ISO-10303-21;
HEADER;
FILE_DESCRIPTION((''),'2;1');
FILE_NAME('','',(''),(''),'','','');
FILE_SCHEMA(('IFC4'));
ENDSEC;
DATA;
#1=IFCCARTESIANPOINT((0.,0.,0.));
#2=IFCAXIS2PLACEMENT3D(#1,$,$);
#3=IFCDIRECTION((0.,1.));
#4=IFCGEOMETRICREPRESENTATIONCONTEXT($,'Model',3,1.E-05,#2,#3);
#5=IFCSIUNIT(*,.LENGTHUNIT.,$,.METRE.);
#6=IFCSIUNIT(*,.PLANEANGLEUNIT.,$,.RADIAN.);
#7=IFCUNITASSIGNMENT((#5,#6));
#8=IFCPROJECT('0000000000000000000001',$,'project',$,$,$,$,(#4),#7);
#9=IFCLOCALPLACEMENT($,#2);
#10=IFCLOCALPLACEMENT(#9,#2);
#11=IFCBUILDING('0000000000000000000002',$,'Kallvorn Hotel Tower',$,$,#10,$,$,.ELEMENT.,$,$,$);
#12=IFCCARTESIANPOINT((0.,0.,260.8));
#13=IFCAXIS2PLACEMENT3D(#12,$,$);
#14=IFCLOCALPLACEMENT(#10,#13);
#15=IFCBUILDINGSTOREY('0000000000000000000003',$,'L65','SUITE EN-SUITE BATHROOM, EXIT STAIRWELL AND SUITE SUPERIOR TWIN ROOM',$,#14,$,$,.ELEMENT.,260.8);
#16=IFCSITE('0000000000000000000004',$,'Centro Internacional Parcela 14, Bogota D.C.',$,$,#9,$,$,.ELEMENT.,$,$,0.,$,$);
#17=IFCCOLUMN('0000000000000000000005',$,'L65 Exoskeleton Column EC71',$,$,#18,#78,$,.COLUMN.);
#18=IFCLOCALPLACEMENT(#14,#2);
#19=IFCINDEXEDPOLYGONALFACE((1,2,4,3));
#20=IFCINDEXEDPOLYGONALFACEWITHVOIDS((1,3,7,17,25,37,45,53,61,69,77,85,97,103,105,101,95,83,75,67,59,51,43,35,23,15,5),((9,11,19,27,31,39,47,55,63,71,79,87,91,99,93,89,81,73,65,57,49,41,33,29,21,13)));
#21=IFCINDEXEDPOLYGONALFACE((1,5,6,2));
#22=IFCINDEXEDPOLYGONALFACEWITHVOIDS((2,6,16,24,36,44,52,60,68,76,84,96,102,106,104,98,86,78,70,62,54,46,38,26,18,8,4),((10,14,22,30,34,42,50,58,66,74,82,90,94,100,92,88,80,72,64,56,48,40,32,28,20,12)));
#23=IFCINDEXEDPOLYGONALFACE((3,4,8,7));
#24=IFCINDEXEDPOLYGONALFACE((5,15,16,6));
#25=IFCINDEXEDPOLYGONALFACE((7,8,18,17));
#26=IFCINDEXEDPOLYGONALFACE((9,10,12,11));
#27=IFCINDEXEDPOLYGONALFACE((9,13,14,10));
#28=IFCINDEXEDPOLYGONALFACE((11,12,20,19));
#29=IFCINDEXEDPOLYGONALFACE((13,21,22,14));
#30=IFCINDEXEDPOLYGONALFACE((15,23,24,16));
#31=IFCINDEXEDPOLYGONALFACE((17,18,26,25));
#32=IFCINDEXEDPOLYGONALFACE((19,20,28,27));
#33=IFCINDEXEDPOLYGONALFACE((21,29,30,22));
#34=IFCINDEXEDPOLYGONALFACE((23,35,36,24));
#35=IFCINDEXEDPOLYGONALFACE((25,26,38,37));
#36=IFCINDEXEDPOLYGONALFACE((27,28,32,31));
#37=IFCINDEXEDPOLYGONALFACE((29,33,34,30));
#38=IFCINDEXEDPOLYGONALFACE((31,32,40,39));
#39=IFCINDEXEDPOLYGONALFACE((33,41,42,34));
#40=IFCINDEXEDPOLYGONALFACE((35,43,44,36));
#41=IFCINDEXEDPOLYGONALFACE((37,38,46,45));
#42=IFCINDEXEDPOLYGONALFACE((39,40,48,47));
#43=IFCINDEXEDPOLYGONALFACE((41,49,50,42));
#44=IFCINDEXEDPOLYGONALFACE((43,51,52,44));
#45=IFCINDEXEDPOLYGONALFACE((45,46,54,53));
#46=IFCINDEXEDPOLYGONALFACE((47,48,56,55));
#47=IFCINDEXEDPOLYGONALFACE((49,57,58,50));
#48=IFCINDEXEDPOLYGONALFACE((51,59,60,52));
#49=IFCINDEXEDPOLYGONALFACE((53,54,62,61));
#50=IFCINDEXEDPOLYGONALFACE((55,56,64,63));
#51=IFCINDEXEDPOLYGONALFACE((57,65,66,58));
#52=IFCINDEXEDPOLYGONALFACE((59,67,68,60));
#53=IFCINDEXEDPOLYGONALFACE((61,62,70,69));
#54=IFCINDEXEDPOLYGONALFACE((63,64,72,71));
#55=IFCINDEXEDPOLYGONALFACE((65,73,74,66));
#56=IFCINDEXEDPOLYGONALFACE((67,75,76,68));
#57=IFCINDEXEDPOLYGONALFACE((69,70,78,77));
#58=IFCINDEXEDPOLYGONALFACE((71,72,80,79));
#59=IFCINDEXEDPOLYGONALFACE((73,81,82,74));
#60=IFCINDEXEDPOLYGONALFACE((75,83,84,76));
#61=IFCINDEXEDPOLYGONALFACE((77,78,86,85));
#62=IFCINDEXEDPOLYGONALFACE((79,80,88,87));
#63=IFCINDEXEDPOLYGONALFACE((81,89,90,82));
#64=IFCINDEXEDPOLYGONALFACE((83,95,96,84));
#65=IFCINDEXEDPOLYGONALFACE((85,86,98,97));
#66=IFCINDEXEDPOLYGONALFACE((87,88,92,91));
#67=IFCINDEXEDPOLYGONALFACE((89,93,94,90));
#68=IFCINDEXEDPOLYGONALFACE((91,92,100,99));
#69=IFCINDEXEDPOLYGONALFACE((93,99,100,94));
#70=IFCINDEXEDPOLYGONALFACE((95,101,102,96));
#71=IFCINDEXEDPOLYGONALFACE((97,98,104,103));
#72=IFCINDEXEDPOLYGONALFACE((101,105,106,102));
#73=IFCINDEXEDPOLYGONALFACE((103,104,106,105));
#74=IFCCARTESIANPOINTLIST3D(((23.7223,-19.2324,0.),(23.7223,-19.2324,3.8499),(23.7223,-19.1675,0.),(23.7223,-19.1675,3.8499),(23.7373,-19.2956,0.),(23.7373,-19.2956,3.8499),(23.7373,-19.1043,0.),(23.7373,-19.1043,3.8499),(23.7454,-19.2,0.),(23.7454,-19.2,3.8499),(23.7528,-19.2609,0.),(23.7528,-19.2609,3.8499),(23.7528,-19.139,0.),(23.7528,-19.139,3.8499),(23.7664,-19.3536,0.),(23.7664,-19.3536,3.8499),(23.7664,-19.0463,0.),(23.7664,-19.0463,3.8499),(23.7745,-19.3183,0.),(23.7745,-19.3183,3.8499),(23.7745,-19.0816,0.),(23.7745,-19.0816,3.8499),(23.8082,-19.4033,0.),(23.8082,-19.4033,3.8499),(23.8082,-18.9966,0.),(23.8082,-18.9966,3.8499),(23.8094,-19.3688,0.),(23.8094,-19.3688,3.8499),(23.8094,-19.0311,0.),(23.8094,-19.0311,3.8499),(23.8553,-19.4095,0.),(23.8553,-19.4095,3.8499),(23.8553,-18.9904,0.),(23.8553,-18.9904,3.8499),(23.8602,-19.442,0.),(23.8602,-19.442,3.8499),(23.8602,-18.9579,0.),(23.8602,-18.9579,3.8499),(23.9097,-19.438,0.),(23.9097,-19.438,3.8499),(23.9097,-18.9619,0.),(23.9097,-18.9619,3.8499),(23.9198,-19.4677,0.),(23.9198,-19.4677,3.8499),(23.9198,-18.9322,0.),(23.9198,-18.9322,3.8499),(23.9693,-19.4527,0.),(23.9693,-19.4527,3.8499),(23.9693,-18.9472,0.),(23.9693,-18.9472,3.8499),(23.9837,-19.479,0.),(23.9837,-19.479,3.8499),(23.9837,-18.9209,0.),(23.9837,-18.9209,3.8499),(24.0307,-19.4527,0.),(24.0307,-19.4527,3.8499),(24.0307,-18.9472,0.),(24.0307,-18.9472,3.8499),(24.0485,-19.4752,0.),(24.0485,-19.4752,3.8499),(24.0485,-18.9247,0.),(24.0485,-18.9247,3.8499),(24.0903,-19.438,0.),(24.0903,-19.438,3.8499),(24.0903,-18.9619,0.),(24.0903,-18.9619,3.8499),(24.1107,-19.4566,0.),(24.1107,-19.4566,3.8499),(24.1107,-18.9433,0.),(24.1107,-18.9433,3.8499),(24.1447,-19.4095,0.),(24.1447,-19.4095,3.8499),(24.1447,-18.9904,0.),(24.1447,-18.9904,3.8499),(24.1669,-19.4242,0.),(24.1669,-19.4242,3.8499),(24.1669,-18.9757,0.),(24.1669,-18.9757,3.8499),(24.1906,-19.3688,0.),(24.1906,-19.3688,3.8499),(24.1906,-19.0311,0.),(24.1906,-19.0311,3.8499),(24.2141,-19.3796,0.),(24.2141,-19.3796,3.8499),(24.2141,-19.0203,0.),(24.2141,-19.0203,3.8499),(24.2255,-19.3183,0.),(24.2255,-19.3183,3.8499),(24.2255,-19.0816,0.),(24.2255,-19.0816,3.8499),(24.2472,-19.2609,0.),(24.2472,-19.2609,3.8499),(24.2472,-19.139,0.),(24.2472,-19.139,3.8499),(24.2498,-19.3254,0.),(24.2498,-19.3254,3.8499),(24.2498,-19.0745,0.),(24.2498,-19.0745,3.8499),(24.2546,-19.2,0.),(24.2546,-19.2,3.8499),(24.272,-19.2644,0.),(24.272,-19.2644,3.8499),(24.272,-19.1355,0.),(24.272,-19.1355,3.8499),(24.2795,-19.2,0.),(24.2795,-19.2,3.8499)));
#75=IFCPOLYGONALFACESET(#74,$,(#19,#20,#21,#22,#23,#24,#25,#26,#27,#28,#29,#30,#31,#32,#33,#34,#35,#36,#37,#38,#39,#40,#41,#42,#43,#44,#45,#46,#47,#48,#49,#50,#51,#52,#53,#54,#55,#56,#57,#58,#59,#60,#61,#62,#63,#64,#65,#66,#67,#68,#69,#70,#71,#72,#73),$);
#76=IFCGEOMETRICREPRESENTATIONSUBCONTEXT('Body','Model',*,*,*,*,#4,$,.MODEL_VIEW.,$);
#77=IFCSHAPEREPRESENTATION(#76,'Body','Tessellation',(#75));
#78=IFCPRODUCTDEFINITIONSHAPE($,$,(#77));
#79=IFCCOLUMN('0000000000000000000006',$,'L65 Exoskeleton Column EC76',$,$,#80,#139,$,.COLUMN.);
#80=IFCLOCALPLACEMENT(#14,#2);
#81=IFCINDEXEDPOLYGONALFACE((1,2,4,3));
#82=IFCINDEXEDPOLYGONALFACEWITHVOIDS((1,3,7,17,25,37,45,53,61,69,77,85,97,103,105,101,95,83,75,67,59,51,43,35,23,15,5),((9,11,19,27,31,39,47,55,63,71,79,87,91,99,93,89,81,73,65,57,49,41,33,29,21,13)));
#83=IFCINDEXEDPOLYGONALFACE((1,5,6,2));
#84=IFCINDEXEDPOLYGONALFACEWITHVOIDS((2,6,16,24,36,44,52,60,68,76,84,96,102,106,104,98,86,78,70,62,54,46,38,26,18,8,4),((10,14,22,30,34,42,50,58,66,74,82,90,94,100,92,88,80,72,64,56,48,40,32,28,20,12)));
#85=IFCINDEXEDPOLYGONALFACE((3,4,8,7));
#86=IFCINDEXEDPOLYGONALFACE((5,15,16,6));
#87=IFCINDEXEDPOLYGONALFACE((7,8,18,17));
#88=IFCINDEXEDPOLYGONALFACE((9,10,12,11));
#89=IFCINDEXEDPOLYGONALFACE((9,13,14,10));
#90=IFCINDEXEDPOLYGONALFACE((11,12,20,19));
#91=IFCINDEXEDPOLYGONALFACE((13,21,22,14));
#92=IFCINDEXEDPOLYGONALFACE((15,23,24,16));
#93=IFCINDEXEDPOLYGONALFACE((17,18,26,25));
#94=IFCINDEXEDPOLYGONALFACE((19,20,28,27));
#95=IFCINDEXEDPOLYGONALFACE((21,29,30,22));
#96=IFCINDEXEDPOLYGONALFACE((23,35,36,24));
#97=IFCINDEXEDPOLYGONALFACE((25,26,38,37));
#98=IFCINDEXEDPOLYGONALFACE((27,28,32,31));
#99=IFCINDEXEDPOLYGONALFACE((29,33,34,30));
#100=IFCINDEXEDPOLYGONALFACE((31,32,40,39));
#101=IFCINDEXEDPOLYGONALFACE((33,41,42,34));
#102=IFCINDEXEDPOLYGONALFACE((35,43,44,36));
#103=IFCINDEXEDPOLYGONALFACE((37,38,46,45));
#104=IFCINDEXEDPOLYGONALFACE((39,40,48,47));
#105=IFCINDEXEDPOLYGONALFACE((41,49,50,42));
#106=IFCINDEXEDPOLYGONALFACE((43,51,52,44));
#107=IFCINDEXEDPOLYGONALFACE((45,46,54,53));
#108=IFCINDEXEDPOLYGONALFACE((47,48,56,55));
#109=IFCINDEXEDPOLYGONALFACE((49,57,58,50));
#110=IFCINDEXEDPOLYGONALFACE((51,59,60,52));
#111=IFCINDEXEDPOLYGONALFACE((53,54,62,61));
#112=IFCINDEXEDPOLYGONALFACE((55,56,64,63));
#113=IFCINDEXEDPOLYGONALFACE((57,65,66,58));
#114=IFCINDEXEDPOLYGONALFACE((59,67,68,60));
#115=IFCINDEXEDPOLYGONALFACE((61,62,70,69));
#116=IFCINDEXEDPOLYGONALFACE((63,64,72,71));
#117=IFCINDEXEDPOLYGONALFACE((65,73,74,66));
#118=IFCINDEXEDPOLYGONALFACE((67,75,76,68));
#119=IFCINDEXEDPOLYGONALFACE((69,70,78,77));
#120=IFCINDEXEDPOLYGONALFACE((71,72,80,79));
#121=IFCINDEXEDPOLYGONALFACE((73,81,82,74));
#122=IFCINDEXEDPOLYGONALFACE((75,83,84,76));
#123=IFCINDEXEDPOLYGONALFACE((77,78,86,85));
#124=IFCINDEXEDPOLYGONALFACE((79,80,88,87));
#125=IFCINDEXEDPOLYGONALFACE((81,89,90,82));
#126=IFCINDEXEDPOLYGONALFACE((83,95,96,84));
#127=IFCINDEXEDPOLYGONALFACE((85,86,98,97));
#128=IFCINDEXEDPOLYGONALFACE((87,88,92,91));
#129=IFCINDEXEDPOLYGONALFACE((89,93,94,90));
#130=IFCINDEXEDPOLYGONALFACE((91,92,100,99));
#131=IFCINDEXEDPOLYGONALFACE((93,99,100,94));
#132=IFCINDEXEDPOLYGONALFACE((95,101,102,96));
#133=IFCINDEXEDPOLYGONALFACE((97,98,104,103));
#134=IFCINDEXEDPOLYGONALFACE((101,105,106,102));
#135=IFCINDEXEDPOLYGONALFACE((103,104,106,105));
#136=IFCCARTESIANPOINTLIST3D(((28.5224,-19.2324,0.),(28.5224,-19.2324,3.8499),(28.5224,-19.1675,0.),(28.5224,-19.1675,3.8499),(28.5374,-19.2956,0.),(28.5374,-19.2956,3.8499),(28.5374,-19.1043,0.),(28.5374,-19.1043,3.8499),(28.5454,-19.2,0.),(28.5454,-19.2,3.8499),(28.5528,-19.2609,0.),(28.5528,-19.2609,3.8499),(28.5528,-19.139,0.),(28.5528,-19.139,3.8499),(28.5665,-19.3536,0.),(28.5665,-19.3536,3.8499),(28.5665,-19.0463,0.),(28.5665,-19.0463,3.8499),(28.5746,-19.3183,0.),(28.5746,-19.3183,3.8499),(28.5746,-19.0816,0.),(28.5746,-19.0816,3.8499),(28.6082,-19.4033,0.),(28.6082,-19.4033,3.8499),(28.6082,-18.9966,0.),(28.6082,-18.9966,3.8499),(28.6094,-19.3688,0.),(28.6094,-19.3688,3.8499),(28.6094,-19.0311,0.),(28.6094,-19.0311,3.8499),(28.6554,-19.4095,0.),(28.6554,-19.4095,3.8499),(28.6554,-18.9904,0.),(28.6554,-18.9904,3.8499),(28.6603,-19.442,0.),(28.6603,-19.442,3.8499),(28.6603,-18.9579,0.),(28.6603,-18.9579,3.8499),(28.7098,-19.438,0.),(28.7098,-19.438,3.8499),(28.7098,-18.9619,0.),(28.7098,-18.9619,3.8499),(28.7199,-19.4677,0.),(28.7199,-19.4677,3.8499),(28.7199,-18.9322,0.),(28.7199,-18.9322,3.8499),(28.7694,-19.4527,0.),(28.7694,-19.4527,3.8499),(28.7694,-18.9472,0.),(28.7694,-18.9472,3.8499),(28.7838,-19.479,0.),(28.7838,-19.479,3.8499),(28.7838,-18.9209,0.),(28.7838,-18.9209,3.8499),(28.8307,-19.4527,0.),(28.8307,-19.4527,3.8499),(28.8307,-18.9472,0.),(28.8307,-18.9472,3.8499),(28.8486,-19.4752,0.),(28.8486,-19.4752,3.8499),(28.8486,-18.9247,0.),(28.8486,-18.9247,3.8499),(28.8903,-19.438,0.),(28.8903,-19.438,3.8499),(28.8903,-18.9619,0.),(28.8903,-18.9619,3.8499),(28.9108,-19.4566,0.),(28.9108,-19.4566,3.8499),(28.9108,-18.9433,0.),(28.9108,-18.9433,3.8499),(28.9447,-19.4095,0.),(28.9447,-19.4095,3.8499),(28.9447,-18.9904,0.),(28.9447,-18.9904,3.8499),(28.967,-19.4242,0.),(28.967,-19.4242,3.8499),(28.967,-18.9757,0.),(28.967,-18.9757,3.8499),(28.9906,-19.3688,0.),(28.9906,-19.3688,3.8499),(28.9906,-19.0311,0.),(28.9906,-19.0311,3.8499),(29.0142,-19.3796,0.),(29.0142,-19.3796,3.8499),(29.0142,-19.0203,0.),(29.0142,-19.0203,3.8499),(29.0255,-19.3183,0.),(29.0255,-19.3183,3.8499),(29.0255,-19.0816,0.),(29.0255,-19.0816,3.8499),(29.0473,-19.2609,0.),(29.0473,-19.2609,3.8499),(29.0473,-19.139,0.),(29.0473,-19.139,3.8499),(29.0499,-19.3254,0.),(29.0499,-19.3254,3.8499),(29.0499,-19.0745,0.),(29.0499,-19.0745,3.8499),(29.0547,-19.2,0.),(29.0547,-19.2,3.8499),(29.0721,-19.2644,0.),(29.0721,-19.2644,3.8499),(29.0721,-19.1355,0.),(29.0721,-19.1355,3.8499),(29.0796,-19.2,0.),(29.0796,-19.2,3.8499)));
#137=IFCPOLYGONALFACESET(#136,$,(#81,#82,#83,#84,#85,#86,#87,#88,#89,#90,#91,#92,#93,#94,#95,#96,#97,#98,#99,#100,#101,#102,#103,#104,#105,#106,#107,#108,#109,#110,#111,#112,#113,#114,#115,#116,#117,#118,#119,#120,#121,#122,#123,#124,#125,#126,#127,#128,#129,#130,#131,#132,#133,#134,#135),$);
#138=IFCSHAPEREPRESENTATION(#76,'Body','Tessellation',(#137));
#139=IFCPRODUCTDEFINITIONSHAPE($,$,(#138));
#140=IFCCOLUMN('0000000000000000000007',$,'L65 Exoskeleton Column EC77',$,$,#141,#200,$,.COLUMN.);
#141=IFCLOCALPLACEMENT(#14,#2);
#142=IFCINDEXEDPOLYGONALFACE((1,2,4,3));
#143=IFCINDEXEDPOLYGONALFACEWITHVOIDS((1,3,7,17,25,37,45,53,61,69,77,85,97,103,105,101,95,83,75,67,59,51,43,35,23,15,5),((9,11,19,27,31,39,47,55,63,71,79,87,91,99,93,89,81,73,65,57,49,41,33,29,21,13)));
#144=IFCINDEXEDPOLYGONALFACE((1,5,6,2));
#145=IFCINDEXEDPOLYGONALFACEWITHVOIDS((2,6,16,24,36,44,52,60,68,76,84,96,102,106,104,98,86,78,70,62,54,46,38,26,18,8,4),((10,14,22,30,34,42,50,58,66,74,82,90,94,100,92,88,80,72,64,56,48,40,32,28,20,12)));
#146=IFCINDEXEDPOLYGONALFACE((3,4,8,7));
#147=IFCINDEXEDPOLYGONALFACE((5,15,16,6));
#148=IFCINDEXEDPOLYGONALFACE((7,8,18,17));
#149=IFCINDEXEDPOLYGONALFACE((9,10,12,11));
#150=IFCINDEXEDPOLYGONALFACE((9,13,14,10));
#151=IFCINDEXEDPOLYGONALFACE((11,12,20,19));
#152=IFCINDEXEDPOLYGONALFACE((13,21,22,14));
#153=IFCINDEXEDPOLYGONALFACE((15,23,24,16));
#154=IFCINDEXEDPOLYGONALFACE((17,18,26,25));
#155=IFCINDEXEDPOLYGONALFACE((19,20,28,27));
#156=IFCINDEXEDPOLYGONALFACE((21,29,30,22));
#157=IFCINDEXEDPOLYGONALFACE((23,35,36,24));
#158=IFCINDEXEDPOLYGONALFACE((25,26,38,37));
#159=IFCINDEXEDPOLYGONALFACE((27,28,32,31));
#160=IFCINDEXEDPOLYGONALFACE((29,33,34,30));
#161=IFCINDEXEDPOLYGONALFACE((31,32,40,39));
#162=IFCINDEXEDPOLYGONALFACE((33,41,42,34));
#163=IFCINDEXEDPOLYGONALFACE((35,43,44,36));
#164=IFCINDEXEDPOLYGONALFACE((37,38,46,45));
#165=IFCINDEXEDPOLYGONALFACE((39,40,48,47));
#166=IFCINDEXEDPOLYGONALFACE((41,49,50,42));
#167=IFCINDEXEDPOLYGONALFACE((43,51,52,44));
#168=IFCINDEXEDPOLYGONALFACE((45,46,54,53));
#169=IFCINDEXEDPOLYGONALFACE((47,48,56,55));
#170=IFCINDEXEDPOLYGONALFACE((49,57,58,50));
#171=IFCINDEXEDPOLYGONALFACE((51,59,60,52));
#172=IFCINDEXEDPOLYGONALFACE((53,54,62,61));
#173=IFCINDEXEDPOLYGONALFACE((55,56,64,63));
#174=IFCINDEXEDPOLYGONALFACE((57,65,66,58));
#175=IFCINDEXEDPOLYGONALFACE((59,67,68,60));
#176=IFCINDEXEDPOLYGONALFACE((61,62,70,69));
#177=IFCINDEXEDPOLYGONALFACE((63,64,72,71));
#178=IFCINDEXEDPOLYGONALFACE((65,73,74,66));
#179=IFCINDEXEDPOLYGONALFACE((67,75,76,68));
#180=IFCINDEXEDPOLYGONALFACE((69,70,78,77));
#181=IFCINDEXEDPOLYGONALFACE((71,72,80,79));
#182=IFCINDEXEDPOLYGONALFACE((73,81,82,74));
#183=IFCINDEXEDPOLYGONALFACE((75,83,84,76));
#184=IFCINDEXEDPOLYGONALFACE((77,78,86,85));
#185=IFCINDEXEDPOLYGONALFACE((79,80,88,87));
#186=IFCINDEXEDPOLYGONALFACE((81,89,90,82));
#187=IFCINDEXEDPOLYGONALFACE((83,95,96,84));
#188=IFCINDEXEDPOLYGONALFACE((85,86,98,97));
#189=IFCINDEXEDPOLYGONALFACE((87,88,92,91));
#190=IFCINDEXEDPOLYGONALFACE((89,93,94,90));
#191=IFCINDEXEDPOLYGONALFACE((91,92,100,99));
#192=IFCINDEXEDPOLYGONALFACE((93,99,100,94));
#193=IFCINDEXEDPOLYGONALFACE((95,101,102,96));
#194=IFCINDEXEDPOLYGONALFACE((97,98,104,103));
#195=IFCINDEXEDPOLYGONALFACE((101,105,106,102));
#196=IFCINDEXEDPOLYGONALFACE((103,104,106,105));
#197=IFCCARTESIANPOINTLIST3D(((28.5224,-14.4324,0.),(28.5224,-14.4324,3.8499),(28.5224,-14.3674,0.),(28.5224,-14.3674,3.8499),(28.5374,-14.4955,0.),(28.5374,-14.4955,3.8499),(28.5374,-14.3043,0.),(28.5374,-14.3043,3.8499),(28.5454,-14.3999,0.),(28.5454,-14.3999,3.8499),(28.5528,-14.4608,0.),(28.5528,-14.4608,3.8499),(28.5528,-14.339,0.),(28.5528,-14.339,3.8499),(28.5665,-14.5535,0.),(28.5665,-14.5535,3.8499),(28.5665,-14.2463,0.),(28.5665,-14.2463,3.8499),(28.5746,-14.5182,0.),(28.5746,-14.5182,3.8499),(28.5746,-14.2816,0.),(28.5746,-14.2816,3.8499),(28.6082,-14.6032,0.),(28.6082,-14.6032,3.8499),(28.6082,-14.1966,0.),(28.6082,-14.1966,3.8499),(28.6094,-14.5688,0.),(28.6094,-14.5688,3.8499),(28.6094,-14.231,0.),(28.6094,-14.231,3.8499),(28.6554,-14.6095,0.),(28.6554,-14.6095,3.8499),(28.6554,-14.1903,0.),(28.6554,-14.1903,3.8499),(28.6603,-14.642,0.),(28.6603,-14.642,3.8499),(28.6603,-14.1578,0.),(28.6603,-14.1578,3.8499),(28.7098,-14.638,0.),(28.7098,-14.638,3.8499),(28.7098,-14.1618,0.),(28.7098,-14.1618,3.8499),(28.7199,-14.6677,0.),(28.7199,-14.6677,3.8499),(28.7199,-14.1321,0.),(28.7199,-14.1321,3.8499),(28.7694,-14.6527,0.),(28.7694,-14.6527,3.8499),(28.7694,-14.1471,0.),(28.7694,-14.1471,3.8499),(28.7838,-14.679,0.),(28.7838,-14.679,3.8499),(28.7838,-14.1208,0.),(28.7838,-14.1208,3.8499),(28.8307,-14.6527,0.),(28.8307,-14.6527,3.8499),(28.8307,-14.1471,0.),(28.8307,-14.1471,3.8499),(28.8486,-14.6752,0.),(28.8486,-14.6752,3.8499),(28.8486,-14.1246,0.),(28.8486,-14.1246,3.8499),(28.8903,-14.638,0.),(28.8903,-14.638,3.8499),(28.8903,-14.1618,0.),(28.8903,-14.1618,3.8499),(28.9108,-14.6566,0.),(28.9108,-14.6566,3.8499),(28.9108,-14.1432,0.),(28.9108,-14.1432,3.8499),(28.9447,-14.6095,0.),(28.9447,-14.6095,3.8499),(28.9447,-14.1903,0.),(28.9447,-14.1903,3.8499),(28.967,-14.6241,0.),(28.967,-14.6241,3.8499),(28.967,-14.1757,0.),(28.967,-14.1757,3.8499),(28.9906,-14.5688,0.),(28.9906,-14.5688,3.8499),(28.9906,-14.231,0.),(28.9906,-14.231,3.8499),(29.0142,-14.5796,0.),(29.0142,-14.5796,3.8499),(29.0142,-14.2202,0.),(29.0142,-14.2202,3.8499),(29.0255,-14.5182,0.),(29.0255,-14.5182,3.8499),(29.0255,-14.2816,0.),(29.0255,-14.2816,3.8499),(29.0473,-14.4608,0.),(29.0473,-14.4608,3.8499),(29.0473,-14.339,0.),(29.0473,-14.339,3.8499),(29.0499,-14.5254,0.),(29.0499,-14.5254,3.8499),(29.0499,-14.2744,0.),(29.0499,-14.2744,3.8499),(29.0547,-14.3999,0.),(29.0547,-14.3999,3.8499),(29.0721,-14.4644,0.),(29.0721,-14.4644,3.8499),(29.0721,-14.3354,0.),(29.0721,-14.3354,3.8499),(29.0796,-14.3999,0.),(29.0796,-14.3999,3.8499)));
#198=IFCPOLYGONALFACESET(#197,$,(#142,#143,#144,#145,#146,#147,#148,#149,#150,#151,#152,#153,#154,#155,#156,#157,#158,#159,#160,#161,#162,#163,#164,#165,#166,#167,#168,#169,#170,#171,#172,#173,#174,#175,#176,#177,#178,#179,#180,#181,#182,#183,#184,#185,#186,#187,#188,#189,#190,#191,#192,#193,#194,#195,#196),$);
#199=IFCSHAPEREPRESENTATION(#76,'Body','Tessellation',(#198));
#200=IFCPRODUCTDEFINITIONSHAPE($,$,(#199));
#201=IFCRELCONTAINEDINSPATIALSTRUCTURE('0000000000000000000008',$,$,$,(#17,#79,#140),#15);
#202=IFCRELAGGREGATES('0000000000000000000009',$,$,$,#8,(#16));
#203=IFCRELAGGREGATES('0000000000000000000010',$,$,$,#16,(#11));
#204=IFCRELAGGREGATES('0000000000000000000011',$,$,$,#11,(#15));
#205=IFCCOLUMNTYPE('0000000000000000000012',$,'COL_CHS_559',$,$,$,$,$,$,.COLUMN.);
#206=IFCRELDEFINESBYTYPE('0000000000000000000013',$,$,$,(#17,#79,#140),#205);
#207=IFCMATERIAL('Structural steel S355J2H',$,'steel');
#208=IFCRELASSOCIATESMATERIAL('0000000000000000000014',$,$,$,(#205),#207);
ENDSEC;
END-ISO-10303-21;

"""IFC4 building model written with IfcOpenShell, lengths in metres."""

from ifc_helpers import new_model, si_unit, direction, frame, origin, origin_2d, place, context, subcontext, project, spatial, hollow_circle, extrude, material, material_profile, profile_set, type_object, element, save


model = new_model("IFC4")

# Units and contexts
model_context = context("Model", 3, precision=1e-05, world=origin(), true_north=direction((0.0, 1.0)))
body_context = subcontext(model_context, "Body", "Model", "MODEL_VIEW")
ifc_project = project(units=[si_unit("LENGTHUNIT", "METRE"), si_unit("PLANEANGLEUNIT", "RADIAN")], contexts=[model_context])

# Site, building, storey
site_placement = place(None, origin())
site = spatial("IfcSite", under=ifc_project, at=site_placement, Name="Centro Internacional Parcela 14, Bogota D.C.", CompositionType="ELEMENT", RefElevation=0.0)
building_placement = place(site_placement, origin())
building = spatial("IfcBuilding", under=site, at=building_placement, Name="Kallvorn Hotel Tower", CompositionType="ELEMENT")
storey_placement = place(building_placement, frame((0.0, 0.0, 260.8)))
storey = spatial("IfcBuildingStorey", under=building, at=storey_placement, Name="L65", Description="SUITE EN-SUITE BATHROOM, EXIT STAIRWELL AND SUITE SUPERIOR TWIN ROOM", CompositionType="ELEMENT", Elevation=260.8)

# Columns
ifc_material_1 = material(Name="Structural steel S355J2H", Category="steel")
ifc_material_profile_1 = material_profile(ifc_material_1, hollow_circle(Radius=0.2795, WallThickness=0.0249, at=origin_2d()), Name="CHS 559x25")
ifc_profile_set_1 = profile_set([ifc_material_profile_1], Name="Structural steel S355J2H")
column_type_1 = type_object("IfcColumnType", Name="COL_CHS_559", PredefinedType="COLUMN", material=ifc_profile_set_1)
for number, where, z_axis, x_axis, name in (
    (1, (24.0, -19.2, 0.0), (0.0, 0.0, 1.0), (1.0, 0.0, 0.0), "L65 Exoskeleton Column EC71"),
    (2, (28.8, -19.2, 0.0), (0.0, 0.0, 1.0), (1.0, 0.0, 0.0), "L65 Exoskeleton Column EC76"),
    (3, (28.8, -14.3999, 0.0), (0.0, 0.0, 1.0), (1.0, 0.0, 0.0), "L65 Exoskeleton Column EC77"),
):
    element("IfcColumn", number, at=place(storey_placement, frame(where, z_axis=z_axis, x_axis=x_axis)), inside=storey, type_object=column_type_1, Name=name, PredefinedType="COLUMN", context=body_context, shape_type="SweptSolid", body=[
        extrude(hollow_circle(Radius=0.2795, WallThickness=0.0249, at=origin_2d()), origin(), (0.0, 0.0, 1.0), 3.8499),
    ])

save(model, "model.ifc")
